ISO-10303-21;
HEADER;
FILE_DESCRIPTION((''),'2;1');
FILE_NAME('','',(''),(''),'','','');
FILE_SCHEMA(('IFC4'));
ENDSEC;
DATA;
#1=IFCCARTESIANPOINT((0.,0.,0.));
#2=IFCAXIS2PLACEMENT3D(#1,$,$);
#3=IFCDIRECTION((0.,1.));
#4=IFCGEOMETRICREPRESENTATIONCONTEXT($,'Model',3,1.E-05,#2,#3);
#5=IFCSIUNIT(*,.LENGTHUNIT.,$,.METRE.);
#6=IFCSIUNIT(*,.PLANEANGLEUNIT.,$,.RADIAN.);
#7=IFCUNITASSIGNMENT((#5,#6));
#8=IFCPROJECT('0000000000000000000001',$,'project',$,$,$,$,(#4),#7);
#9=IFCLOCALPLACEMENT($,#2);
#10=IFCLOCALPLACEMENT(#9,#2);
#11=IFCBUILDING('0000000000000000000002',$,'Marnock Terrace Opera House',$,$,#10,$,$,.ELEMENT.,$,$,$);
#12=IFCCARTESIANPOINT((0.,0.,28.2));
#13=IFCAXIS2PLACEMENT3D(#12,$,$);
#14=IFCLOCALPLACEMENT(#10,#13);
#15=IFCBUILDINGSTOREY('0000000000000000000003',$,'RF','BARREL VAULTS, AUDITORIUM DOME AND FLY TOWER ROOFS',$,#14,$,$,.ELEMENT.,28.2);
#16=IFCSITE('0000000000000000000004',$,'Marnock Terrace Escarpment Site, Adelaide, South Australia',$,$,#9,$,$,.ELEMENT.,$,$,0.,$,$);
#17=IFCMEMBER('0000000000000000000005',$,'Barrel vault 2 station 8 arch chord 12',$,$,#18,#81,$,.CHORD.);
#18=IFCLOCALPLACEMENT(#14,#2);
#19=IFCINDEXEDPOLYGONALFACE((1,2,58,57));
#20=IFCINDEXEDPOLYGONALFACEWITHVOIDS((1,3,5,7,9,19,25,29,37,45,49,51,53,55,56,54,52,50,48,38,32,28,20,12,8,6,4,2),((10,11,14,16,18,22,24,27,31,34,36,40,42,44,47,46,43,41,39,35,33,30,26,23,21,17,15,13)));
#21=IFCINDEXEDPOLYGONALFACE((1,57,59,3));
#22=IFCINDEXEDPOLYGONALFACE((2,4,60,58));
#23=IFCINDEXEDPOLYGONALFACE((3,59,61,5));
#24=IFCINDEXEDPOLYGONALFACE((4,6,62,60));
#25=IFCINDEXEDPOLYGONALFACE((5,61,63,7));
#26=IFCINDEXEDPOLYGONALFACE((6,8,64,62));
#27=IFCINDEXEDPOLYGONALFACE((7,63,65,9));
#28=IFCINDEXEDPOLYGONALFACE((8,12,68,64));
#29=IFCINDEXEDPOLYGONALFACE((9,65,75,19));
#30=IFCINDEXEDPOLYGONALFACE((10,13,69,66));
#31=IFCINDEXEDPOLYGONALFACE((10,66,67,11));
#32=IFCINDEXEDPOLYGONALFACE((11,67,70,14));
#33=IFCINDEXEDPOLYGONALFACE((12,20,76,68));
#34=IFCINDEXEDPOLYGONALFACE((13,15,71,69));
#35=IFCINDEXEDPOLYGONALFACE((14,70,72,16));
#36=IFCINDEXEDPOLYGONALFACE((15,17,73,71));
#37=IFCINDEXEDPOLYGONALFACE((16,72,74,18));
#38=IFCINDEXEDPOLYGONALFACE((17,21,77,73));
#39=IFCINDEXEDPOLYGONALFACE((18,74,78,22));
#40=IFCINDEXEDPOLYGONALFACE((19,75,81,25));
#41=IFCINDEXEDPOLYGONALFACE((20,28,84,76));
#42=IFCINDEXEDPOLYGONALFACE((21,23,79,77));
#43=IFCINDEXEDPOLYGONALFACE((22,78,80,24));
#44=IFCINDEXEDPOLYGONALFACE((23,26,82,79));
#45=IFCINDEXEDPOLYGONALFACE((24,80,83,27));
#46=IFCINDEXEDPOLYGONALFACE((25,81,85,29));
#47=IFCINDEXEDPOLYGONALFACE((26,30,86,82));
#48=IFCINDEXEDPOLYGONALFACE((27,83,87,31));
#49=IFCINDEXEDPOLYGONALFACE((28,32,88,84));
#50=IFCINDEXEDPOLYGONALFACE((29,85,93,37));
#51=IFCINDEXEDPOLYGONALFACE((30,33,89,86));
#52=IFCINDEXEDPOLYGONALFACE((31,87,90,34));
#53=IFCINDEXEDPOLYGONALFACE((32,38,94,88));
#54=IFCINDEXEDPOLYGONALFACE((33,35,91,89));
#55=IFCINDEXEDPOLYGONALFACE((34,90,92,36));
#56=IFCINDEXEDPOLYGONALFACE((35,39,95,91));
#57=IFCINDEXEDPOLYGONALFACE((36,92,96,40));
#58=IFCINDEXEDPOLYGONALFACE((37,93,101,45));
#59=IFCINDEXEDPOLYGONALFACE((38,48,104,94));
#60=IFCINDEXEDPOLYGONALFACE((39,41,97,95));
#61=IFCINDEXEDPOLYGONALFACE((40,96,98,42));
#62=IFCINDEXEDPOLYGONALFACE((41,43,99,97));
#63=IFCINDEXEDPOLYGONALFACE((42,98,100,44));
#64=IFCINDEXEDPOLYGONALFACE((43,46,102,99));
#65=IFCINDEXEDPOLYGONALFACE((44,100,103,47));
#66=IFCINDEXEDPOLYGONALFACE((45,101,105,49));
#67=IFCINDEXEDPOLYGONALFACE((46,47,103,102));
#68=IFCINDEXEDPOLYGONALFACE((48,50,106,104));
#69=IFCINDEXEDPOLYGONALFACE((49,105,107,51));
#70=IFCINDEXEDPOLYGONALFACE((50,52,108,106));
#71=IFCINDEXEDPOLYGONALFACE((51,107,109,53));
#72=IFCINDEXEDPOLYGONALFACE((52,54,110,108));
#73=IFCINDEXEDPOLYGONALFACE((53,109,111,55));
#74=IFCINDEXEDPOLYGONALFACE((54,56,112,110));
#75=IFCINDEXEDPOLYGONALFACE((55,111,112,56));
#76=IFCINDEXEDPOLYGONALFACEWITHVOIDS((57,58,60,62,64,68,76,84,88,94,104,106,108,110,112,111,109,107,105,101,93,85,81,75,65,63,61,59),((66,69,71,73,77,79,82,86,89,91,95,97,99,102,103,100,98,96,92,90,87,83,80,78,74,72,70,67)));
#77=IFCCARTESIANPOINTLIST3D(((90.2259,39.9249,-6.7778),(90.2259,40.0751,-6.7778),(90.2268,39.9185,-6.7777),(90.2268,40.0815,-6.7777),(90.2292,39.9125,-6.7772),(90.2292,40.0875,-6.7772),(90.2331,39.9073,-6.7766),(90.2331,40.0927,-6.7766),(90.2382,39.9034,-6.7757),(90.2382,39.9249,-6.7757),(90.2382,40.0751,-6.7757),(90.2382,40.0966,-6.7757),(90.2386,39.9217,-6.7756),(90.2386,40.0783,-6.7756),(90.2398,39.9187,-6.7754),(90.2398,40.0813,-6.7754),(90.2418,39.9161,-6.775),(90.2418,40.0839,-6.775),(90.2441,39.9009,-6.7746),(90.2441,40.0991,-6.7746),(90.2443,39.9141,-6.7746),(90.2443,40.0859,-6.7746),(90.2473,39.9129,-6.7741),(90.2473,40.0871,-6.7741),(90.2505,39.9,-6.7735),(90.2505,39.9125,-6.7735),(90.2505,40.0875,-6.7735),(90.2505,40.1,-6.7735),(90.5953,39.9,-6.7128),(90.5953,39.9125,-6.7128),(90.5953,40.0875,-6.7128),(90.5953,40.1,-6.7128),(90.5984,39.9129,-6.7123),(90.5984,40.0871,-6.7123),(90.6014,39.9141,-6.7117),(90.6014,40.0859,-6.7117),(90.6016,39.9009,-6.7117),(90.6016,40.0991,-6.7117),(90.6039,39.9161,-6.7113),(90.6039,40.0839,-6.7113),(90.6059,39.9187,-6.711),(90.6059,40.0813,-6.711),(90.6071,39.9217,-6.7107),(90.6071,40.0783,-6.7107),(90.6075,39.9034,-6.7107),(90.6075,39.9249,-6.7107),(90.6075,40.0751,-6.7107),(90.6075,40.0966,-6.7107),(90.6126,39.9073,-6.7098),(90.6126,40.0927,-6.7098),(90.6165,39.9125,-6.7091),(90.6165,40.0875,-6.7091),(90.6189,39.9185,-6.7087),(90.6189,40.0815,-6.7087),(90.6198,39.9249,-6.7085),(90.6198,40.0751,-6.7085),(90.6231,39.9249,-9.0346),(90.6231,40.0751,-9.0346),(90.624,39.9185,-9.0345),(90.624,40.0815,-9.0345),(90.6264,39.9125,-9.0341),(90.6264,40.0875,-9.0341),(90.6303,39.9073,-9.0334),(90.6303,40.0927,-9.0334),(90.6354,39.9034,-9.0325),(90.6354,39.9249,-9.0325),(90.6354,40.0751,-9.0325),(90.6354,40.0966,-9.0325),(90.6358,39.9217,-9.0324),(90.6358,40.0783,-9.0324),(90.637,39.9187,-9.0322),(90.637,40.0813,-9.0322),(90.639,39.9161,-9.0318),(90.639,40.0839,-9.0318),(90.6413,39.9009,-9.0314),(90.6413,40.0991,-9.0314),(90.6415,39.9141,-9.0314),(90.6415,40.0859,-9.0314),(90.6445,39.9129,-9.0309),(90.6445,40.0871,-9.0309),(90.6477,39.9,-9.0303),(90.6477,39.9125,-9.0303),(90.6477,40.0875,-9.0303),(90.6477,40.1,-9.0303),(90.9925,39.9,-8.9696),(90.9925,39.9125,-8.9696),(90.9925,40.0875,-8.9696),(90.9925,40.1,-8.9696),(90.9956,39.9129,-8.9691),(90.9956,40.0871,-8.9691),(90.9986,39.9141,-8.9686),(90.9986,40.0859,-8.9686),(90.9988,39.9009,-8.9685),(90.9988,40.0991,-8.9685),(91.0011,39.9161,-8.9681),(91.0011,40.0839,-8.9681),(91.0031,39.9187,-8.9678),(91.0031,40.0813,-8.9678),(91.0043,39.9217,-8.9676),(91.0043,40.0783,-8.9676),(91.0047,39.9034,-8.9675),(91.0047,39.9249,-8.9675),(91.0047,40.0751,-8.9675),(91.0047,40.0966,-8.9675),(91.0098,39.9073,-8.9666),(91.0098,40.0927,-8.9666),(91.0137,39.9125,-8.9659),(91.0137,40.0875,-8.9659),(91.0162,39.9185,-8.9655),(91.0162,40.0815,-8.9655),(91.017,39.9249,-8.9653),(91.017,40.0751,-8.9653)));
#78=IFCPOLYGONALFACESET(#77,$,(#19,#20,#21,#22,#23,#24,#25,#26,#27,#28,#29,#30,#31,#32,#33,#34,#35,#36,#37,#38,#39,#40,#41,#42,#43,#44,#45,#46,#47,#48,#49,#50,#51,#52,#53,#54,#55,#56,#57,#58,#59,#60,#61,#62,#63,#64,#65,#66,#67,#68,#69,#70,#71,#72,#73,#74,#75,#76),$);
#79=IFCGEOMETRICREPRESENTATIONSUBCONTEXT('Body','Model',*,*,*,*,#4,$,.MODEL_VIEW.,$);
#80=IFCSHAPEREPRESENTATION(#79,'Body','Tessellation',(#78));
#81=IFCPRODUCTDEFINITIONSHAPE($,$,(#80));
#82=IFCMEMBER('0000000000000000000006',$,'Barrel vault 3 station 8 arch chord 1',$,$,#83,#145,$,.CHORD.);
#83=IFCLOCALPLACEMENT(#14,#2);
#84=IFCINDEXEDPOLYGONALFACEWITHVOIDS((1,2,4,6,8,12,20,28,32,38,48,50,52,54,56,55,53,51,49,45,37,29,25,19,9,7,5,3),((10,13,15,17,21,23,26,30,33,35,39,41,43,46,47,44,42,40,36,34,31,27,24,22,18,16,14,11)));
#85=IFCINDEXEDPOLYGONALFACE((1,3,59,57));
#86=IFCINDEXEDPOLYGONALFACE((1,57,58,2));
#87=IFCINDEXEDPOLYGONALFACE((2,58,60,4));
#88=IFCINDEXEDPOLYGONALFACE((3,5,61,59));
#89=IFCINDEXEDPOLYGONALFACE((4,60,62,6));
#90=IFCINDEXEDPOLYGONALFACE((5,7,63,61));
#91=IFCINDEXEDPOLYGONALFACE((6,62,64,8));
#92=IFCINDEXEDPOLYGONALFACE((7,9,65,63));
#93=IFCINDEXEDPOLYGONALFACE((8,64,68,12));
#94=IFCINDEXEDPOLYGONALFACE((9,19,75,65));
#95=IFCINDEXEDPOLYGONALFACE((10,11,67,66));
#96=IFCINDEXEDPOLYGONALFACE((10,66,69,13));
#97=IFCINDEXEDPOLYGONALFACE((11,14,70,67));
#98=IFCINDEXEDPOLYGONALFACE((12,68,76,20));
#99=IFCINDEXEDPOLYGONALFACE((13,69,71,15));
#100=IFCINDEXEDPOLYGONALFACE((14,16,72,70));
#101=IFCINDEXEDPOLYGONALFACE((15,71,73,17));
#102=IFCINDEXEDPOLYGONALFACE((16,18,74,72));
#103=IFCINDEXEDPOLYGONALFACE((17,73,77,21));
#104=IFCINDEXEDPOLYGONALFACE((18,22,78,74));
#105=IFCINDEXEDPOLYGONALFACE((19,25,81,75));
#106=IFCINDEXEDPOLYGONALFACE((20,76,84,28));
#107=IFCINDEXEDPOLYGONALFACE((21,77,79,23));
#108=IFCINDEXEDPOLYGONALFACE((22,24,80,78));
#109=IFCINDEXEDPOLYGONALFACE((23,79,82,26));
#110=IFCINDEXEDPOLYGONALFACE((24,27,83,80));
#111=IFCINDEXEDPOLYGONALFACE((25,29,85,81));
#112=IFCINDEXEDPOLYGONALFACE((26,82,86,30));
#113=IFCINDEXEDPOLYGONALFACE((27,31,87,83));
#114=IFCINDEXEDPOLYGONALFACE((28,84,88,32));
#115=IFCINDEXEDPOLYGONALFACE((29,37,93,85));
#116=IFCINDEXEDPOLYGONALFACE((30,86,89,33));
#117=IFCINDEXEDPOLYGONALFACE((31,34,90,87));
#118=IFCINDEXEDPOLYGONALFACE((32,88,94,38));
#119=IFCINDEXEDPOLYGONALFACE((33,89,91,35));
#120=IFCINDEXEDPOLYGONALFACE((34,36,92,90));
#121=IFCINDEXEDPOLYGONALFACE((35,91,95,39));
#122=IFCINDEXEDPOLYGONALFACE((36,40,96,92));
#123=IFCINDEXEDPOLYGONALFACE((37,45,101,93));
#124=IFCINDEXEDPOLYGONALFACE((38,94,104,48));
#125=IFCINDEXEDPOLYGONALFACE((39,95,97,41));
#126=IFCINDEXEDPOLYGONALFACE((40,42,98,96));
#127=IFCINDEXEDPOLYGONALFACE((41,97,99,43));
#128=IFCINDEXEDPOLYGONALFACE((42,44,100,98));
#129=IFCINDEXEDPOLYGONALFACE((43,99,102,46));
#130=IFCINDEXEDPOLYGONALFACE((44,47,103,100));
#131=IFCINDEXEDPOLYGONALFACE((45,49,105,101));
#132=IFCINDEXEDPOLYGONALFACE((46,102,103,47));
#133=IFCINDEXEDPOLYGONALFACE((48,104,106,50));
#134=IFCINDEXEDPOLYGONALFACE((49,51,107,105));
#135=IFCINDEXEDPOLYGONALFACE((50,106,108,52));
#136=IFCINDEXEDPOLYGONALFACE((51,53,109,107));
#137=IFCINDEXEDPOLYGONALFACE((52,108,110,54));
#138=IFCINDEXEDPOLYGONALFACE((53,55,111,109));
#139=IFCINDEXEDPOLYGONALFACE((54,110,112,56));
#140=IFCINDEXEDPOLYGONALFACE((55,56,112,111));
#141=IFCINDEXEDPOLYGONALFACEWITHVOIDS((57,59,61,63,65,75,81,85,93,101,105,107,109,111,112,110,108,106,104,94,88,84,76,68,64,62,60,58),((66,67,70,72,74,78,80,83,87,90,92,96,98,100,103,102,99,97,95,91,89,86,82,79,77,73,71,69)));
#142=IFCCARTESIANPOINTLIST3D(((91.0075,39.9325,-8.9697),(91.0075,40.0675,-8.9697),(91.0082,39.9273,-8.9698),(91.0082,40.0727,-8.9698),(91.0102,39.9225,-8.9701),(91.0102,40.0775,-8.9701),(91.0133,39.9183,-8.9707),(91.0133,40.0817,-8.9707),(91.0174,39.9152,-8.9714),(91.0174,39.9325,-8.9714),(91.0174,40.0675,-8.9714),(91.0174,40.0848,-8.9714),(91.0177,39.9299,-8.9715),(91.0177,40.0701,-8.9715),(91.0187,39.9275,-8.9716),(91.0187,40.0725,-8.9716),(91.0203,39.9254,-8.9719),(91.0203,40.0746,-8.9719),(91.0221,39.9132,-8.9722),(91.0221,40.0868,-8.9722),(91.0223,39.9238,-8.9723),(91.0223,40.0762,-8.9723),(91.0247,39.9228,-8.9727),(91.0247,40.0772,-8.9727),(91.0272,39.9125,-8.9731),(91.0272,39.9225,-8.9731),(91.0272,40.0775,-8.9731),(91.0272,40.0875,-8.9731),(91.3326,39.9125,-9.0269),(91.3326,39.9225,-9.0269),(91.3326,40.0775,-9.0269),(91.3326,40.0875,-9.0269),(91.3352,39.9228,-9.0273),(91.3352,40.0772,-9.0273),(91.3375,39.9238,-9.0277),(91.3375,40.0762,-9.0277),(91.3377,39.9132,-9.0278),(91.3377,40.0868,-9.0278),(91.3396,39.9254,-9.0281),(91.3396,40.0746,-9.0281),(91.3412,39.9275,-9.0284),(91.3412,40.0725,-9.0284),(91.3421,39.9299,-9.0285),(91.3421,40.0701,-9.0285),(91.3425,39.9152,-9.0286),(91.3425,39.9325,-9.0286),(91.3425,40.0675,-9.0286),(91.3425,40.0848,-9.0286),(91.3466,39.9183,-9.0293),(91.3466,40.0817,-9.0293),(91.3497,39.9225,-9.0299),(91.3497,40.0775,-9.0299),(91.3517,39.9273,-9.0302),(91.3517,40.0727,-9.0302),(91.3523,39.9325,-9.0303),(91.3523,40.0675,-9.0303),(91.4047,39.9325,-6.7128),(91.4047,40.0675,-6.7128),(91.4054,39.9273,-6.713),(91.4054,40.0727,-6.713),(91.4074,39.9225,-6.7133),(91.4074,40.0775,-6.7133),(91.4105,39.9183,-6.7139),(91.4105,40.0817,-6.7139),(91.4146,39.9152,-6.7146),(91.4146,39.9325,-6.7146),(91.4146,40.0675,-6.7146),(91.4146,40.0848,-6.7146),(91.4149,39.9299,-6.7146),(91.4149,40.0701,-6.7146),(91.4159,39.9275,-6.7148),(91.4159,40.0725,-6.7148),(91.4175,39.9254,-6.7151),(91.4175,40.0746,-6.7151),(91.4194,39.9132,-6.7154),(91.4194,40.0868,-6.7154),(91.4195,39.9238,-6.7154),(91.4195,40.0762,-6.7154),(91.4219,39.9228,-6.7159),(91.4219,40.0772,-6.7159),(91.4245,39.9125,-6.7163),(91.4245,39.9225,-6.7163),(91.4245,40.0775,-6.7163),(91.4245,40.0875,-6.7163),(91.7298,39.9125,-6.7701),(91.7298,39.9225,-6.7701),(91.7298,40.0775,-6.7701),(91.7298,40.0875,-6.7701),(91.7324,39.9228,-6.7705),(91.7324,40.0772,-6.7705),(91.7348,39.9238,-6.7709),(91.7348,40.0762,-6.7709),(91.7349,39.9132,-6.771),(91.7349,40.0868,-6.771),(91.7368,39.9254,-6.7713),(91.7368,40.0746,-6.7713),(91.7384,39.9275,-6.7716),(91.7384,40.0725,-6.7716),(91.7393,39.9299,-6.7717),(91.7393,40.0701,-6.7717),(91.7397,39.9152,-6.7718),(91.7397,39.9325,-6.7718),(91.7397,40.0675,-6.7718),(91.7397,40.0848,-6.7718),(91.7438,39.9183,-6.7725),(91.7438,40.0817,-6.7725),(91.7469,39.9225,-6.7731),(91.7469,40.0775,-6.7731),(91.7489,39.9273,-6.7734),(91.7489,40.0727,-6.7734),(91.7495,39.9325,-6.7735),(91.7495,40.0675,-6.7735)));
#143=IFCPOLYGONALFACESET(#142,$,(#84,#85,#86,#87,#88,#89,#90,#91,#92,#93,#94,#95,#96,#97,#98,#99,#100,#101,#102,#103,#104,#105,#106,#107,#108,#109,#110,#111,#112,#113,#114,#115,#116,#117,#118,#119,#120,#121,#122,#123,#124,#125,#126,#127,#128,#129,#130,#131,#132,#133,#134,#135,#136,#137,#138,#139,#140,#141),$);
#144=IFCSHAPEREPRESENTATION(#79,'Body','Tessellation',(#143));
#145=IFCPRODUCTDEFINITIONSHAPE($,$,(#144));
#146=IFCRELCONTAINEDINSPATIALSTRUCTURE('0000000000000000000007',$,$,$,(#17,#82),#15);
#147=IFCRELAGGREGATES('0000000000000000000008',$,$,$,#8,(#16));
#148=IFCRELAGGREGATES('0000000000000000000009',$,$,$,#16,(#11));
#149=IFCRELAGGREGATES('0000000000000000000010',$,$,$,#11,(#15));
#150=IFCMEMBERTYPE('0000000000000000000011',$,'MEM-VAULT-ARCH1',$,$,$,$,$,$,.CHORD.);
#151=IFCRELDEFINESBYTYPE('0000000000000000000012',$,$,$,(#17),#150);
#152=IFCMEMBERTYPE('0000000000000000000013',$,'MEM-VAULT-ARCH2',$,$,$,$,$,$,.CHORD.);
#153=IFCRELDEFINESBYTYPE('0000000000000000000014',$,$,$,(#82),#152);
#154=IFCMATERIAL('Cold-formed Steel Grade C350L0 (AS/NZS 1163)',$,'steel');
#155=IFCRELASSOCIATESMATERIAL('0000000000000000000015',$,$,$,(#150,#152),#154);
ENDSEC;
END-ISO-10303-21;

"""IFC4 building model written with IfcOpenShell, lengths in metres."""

from ifc_helpers import new_model, si_unit, direction, frame, origin, origin_2d, place, context, subcontext, project, spatial, hollow_rectangle, extrude, material, material_profile, profile_set, type_object, element, save


model = new_model("IFC4")

# Units and contexts
model_context = context("Model", 3, precision=1e-05, world=origin(), true_north=direction((0.0, 1.0)))
body_context = subcontext(model_context, "Body", "Model", "MODEL_VIEW")
ifc_project = project(units=[si_unit("LENGTHUNIT", "METRE"), si_unit("PLANEANGLEUNIT", "RADIAN")], contexts=[model_context])

# Site, building, storey
site_placement = place(None, origin())
site = spatial("IfcSite", under=ifc_project, at=site_placement, Name="Marnock Terrace Escarpment Site, Adelaide, South Australia", CompositionType="ELEMENT", RefElevation=0.0)
building_placement = place(site_placement, origin())
building = spatial("IfcBuilding", under=site, at=building_placement, Name="Marnock Terrace Opera House", CompositionType="ELEMENT")
storey_placement = place(building_placement, frame((0.0, 0.0, 28.2)))
storey = spatial("IfcBuildingStorey", under=building, at=storey_placement, Name="RF", Description="BARREL VAULTS, AUDITORIUM DOME AND FLY TOWER ROOFS", CompositionType="ELEMENT", Elevation=28.2)

# Members
ifc_material_1 = material(Name="Cold-formed Steel Grade C350L0 (AS/NZS 1163)", Category="steel")
ifc_material_profile_1 = material_profile(ifc_material_1, hollow_rectangle(XDim=0.2, YDim=0.3999, WallThickness=0.0125, InnerFilletRadius=0.0125, OuterFilletRadius=0.0249, at=origin_2d()))
ifc_profile_set_1 = profile_set([ifc_material_profile_1], Name="Cold-formed Steel Grade C350L0 (AS/NZS 1163)")
member_type_1 = type_object("IfcMemberType", Name="MEM-VAULT-ARCH1", PredefinedType="CHORD", material=ifc_profile_set_1)
member_1_placement = place(storey_placement, frame((90.4229, 40.0, -6.7432), z_axis=(0.173342, 0.0, -0.984862), x_axis=(0.0, 1.0, 0.0)))
element("IfcMember", 1, at=member_1_placement, inside=storey, type_object=member_type_1, Name="Barrel vault 2 station 8 arch chord 12", PredefinedType="CHORD", context=body_context, shape_type="SweptSolid", body=[
    extrude(hollow_rectangle(XDim=0.2, YDim=0.3999, WallThickness=0.0125, InnerFilletRadius=0.0125, OuterFilletRadius=0.0249, at=origin_2d()), origin(), (0.0, 0.0, 1.0), 2.2915),
])
ifc_material_profile_2 = material_profile(ifc_material_1, hollow_rectangle(XDim=0.175, YDim=0.3501, WallThickness=0.01, InnerFilletRadius=0.01, OuterFilletRadius=0.02, at=origin_2d()))
ifc_profile_set_2 = profile_set([ifc_material_profile_2], Name="Cold-formed Steel Grade C350L0 (AS/NZS 1163)")
member_type_2 = type_object("IfcMemberType", Name="MEM-VAULT-ARCH2", PredefinedType="CHORD", material=ifc_profile_set_2)
member_2_placement = place(storey_placement, frame((91.1799, 40.0, -9.0), z_axis=(0.173342, 0.0, 0.984862), x_axis=(0.0, 1.0, 0.0)))
element("IfcMember", 2, at=member_2_placement, inside=storey, type_object=member_type_2, Name="Barrel vault 3 station 8 arch chord 1", PredefinedType="CHORD", context=body_context, shape_type="SweptSolid", body=[
    extrude(hollow_rectangle(XDim=0.175, YDim=0.3501, WallThickness=0.01, InnerFilletRadius=0.01, OuterFilletRadius=0.02, at=origin_2d()), origin(), (0.0, 0.0, 1.0), 2.2915),
])

save(model, "model.ifc")
